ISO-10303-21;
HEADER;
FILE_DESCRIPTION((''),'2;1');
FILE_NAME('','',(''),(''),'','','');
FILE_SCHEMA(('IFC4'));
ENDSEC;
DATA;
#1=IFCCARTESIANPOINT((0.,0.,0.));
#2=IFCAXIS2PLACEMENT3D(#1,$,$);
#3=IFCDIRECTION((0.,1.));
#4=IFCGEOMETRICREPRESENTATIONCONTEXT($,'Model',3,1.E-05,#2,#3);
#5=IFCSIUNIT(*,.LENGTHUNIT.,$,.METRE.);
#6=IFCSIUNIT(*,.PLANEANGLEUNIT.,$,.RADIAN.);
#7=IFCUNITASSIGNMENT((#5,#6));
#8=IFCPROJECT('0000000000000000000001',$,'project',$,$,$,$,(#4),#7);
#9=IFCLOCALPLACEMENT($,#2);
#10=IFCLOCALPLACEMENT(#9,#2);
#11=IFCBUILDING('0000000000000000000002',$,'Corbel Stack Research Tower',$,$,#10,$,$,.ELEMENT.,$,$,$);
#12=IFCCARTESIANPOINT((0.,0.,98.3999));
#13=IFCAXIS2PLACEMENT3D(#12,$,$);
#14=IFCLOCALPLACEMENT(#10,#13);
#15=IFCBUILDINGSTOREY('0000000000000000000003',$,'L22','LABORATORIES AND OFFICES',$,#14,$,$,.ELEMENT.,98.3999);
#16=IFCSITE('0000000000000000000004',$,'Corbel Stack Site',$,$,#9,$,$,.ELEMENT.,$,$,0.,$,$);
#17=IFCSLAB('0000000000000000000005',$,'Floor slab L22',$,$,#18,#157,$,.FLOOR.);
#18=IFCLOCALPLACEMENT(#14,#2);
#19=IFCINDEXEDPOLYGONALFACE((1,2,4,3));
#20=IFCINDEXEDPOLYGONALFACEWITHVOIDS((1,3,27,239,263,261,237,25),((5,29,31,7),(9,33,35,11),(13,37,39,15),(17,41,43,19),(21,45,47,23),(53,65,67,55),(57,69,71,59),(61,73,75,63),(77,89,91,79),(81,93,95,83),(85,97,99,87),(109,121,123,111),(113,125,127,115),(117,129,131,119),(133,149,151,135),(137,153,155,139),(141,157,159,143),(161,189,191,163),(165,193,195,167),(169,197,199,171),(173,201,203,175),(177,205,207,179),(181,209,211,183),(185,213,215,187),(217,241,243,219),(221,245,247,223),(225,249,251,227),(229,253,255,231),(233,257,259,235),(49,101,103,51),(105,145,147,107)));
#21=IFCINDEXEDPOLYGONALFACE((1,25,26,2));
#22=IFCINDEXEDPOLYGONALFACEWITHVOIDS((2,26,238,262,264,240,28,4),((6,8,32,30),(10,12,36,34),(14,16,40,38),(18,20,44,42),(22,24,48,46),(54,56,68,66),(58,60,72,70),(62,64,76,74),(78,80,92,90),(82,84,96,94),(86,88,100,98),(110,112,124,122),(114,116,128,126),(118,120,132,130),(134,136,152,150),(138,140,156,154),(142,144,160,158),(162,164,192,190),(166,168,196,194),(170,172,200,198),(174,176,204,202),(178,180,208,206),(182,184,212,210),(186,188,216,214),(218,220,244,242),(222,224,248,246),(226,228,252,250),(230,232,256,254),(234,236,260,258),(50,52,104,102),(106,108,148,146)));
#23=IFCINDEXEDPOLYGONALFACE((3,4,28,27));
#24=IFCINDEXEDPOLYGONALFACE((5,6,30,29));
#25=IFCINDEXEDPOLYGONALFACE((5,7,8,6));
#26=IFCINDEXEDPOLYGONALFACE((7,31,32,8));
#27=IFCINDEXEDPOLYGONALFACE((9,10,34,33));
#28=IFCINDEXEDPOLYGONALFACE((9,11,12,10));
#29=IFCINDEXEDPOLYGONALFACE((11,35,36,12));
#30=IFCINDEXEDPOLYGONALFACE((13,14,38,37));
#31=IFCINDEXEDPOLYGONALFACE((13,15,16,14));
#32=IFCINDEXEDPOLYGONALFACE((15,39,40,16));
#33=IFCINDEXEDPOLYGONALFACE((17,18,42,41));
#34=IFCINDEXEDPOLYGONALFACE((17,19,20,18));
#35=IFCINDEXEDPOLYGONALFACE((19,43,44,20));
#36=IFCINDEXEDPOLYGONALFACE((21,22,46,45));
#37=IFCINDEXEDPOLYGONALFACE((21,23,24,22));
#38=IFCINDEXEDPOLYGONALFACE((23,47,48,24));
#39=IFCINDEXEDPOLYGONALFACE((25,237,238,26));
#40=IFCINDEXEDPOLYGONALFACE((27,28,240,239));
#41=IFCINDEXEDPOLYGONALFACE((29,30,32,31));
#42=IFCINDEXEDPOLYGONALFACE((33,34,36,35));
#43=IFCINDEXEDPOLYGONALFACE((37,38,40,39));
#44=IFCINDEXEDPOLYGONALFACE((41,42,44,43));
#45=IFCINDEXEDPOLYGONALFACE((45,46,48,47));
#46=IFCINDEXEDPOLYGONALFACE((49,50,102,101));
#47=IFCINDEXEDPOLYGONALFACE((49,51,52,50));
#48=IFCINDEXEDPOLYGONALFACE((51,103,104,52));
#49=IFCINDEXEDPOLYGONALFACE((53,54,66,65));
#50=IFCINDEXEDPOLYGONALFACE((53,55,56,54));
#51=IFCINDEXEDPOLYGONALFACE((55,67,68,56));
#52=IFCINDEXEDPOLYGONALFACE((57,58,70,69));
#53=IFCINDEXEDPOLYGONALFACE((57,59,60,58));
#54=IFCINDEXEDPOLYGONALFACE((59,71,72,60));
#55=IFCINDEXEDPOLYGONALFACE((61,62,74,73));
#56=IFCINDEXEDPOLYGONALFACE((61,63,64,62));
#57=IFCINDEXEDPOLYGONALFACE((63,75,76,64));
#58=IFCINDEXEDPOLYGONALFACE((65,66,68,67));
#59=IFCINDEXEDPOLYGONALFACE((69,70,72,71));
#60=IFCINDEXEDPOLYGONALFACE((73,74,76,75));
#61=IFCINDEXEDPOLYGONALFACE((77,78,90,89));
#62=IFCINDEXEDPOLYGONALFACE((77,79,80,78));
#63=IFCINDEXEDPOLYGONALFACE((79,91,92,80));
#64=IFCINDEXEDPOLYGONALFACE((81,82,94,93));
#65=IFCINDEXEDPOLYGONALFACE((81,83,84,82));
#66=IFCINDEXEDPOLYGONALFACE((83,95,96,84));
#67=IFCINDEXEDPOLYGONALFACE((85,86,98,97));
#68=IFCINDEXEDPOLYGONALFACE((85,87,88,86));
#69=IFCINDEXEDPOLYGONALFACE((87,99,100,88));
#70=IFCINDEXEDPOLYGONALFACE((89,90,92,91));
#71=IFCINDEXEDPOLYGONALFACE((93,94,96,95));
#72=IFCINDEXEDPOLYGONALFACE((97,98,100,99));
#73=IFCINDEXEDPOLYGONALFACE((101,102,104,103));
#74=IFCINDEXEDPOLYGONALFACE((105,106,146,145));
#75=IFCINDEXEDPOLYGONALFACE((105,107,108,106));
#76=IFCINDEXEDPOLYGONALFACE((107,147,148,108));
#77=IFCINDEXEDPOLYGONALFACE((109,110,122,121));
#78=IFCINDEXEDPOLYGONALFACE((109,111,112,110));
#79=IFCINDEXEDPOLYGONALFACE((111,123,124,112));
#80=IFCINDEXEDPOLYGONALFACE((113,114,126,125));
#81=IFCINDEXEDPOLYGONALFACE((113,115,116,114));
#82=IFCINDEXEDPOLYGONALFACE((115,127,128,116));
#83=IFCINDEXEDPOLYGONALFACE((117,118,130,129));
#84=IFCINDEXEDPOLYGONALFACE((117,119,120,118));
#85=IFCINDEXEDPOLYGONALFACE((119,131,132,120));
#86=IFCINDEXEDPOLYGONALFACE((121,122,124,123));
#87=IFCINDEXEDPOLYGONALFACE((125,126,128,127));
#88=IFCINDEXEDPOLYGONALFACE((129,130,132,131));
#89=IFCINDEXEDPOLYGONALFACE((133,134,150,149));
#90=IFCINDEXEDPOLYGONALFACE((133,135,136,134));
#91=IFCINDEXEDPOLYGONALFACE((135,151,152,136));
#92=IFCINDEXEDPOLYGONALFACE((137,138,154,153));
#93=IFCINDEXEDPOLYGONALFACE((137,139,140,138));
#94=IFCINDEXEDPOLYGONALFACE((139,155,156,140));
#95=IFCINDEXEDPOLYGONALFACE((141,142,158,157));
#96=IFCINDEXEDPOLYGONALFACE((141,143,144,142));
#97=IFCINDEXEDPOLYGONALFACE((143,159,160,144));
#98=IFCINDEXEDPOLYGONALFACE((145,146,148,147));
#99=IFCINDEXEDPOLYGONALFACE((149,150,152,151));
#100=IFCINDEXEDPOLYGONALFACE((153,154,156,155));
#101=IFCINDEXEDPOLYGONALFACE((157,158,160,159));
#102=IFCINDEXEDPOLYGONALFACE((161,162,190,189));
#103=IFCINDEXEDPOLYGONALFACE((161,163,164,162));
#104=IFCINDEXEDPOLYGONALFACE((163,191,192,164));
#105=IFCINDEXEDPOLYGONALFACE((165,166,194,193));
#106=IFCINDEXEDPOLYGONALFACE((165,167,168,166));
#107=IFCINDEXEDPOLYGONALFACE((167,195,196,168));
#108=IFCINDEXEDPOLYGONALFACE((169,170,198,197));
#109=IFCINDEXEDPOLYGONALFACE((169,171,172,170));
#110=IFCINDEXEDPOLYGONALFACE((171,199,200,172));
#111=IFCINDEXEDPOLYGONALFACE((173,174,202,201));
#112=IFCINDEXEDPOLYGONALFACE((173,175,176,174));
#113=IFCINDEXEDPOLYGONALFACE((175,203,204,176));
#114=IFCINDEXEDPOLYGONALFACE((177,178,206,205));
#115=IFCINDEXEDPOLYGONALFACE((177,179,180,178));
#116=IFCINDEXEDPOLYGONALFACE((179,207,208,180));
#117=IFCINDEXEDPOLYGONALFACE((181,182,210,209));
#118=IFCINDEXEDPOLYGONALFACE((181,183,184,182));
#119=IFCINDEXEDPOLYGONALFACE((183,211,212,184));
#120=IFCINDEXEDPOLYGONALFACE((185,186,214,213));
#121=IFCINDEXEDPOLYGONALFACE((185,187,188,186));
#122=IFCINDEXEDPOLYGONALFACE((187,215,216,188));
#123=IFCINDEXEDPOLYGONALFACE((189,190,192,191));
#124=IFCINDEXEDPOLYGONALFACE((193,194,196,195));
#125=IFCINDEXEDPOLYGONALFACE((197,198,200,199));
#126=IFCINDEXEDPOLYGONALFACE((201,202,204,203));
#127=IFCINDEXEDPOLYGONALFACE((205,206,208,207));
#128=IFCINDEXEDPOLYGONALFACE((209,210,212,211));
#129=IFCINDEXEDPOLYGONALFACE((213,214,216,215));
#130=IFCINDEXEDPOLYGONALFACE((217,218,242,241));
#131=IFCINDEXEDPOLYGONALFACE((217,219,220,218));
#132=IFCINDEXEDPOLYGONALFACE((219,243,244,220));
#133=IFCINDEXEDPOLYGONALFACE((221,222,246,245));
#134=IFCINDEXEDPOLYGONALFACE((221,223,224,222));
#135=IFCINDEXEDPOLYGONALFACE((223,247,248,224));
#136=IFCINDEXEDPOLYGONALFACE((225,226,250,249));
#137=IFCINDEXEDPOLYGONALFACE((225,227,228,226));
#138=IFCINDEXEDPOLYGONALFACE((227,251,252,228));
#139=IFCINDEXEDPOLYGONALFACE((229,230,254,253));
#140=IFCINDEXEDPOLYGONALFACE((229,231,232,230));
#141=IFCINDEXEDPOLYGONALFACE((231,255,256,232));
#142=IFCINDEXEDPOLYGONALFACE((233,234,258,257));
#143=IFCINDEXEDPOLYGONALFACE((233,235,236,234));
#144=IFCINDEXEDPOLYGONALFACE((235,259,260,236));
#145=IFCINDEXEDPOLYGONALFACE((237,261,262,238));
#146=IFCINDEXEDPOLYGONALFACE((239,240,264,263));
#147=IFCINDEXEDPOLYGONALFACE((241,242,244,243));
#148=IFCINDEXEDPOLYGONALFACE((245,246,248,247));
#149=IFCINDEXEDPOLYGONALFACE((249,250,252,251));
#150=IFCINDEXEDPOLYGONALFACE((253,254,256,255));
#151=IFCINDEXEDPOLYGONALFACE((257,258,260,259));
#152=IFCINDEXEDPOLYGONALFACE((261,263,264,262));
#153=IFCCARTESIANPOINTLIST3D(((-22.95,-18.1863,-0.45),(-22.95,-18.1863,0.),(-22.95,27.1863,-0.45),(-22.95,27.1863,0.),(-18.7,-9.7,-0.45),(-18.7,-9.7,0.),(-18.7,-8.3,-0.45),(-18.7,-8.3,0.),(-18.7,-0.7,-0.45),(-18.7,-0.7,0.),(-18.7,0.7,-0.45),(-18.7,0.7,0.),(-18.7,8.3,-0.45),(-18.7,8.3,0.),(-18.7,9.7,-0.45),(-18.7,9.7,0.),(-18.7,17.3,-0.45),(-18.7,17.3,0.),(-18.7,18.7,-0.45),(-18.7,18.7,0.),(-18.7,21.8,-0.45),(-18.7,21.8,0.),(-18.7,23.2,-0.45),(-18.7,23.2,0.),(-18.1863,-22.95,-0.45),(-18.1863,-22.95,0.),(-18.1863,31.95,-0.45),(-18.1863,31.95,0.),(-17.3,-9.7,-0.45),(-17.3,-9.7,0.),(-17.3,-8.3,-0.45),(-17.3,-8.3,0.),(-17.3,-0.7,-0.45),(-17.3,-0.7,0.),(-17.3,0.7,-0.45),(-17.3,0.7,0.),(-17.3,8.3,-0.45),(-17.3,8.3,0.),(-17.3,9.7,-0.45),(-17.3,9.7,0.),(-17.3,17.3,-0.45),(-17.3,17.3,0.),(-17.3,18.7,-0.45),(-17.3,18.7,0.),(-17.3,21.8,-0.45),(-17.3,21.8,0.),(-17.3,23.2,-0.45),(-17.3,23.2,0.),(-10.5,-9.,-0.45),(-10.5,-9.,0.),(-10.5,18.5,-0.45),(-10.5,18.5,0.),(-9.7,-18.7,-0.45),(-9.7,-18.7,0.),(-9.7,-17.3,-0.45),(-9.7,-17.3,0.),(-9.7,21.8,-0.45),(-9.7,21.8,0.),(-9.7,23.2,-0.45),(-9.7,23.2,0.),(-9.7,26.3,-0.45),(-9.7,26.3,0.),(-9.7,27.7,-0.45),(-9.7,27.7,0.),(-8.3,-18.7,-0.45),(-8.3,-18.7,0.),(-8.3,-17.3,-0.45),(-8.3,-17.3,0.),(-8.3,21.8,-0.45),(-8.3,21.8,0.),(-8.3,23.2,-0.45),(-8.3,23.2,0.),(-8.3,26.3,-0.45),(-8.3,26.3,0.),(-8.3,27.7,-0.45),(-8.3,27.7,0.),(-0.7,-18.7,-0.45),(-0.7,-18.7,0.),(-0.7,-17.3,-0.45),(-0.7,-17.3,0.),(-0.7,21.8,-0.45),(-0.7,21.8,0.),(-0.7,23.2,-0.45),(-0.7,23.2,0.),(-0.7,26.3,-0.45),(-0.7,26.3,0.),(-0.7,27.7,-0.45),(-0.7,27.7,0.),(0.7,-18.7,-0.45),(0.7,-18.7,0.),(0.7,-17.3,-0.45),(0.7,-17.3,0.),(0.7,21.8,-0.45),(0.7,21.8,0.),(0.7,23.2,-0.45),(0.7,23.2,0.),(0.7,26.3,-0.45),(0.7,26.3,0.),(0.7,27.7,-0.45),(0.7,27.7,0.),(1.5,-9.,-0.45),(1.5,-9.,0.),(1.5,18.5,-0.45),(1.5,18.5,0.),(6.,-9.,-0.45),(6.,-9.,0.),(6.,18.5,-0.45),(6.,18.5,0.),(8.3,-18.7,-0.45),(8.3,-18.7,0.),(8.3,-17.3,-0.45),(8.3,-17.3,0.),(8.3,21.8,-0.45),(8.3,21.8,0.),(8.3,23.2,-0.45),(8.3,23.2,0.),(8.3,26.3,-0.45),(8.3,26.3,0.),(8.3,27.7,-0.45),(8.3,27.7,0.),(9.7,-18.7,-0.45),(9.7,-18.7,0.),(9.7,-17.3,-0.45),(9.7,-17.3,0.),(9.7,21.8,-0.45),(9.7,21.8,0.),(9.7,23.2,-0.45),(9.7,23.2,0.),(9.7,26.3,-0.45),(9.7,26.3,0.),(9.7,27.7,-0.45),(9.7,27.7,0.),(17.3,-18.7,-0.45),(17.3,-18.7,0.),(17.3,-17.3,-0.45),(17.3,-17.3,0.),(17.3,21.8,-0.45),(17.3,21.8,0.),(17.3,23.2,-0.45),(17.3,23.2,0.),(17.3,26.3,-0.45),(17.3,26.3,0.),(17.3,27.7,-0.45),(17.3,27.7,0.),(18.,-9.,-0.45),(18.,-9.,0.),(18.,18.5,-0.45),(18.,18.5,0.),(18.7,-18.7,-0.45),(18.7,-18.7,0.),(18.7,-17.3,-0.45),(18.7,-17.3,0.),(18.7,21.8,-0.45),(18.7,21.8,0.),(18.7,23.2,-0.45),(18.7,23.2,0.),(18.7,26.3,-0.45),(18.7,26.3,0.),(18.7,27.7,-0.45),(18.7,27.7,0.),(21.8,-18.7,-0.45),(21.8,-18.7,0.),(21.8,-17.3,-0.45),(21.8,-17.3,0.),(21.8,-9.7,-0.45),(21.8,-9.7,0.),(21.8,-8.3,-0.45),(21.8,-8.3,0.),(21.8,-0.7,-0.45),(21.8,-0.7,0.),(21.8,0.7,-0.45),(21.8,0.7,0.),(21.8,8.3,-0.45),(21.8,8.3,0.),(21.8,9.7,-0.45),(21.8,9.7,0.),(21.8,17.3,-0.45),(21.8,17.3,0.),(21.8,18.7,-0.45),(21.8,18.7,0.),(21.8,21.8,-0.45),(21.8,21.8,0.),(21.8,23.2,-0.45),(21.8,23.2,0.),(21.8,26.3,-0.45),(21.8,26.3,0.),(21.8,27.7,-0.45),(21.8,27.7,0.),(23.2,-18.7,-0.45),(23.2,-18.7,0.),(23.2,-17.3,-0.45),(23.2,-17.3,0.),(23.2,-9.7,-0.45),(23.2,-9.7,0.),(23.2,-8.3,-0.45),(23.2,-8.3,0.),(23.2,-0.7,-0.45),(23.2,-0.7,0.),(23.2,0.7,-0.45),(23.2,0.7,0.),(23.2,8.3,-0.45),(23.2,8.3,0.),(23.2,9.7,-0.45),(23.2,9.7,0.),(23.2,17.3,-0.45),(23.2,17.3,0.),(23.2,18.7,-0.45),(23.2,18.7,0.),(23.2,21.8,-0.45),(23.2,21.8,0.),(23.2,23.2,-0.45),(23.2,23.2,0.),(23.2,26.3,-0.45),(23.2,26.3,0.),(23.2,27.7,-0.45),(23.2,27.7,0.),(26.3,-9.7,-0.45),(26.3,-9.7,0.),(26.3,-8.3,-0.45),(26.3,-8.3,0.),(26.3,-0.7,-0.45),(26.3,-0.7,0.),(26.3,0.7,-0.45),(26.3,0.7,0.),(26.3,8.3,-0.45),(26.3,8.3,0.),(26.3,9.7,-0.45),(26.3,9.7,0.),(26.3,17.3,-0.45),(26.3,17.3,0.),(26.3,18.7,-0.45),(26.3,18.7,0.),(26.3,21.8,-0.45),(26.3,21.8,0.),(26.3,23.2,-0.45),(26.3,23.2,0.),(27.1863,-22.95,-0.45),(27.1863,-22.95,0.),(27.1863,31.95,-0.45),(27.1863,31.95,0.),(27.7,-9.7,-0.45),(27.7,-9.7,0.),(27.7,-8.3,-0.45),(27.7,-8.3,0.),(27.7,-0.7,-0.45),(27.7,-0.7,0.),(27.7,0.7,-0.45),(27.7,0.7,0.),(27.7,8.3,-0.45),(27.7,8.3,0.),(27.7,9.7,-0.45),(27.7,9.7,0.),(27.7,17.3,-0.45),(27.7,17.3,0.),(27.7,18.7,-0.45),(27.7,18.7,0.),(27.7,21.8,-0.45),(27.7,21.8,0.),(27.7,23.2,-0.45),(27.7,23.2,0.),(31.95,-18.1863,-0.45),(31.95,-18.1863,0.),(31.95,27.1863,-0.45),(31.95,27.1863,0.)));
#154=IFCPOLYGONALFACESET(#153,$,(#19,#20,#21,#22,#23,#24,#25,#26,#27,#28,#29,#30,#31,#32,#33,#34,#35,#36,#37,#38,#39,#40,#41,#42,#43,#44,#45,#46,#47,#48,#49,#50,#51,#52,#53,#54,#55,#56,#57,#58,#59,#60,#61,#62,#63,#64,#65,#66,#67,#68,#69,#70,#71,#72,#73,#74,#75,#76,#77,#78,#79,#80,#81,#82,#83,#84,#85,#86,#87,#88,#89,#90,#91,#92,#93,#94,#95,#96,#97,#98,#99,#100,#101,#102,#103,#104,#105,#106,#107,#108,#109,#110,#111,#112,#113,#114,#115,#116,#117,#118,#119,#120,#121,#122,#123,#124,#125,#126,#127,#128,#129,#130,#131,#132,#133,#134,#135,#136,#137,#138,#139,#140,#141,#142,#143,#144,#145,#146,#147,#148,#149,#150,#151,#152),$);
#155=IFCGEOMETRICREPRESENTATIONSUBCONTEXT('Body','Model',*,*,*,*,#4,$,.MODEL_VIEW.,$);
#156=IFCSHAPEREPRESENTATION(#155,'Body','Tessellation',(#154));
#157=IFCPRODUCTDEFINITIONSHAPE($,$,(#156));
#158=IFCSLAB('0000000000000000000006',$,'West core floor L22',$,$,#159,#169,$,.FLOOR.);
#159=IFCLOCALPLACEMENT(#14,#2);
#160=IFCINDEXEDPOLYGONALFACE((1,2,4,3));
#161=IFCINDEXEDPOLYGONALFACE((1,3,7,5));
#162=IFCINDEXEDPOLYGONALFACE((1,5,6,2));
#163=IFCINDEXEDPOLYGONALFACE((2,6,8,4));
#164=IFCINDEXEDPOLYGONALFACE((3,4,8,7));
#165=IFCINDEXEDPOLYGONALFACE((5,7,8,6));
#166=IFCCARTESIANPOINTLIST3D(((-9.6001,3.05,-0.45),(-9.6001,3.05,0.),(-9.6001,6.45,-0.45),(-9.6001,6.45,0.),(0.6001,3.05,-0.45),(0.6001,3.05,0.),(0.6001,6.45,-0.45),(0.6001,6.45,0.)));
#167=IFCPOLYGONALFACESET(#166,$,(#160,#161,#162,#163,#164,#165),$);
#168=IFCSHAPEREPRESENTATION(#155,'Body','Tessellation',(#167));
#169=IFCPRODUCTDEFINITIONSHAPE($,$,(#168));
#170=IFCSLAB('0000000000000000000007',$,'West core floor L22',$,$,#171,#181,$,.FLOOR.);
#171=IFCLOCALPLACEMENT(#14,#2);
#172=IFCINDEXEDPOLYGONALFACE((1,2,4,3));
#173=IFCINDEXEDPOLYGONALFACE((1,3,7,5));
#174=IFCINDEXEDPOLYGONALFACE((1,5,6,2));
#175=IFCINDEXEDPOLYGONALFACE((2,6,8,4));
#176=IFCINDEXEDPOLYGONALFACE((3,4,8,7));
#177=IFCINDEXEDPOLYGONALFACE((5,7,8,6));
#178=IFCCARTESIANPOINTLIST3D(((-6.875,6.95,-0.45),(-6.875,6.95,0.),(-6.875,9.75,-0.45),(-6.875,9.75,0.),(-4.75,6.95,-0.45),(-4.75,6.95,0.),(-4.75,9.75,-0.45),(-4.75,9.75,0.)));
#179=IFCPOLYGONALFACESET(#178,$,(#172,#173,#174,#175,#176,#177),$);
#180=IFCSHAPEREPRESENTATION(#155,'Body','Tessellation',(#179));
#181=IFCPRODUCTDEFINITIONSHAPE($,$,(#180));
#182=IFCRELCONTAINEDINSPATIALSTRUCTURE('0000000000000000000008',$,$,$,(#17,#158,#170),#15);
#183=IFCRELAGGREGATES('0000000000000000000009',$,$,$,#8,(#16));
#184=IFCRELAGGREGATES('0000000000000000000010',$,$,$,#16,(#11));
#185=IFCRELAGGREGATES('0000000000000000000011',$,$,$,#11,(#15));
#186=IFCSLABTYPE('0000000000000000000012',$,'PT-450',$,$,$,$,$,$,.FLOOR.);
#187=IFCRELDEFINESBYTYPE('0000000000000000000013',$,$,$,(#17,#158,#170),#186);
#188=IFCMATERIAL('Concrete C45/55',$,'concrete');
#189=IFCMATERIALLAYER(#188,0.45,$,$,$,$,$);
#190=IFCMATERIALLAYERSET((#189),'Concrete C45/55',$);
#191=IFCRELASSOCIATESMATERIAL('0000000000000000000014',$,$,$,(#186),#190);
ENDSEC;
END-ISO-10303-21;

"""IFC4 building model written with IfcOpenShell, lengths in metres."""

from ifc_helpers import new_model, si_unit, direction, frame, origin, place, context, subcontext, project, spatial, polyline, outline, extrude, material, layer, layer_set, type_object, element, save


model = new_model("IFC4")

# Units and contexts
model_context = context("Model", 3, precision=1e-05, world=origin(), true_north=direction((0.0, 1.0)))
body_context = subcontext(model_context, "Body", "Model", "MODEL_VIEW")
ifc_project = project(units=[si_unit("LENGTHUNIT", "METRE"), si_unit("PLANEANGLEUNIT", "RADIAN")], contexts=[model_context])

# Site, building, storey
site_placement = place(None, origin())
site = spatial("IfcSite", under=ifc_project, at=site_placement, Name="Corbel Stack Site", CompositionType="ELEMENT", RefElevation=0.0)
building_placement = place(site_placement, origin())
building = spatial("IfcBuilding", under=site, at=building_placement, Name="Corbel Stack Research Tower", CompositionType="ELEMENT")
storey_placement = place(building_placement, frame((0.0, 0.0, 98.3999)))
storey = spatial("IfcBuildingStorey", under=building, at=storey_placement, Name="L22", Description="LABORATORIES AND OFFICES", CompositionType="ELEMENT", Elevation=98.3999)

# Slabs
ifc_material_1 = material(Name="Concrete C45/55", Category="concrete")
ifc_layer_1 = layer(ifc_material_1, 0.45)
ifc_layer_set_1 = layer_set([ifc_layer_1], Name="Concrete C45/55")
slab_type_1 = type_object("IfcSlabType", Name="PT-450", PredefinedType="FLOOR", material=ifc_layer_set_1)
slab_1_placement = place(storey_placement, frame((0.0, 0.0, -0.45)))
element("IfcSlab", 1, at=slab_1_placement, inside=storey, type_object=slab_type_1, Name="Floor slab L22", PredefinedType="FLOOR", context=body_context, shape_type="SweptSolid", body=[
    extrude(outline(polyline([(-18.1863, -22.95), (27.1863, -22.95), (31.95, -18.1863), (31.95, 27.1863), (27.1863, 31.95), (-18.1863, 31.95), (-22.95, 27.1863), (-22.95, -18.1863), (-18.1863, -22.95)]), holes=[polyline([(26.3, 21.8), (26.3, 23.2), (27.7, 23.2), (27.7, 21.8), (26.3, 21.8)]), polyline([(26.3, -9.7), (26.3, -8.3), (27.7, -8.3), (27.7, -9.7), (26.3, -9.7)]), polyline([(26.3, -0.7), (26.3, 0.7), (27.7, 0.7), (27.7, -0.7), (26.3, -0.7)]), polyline([(26.3, 8.3), (26.3, 9.7), (27.7, 9.7), (27.7, 8.3), (26.3, 8.3)]), polyline([(26.3, 17.3), (26.3, 18.7), (27.7, 18.7), (27.7, 17.3), (26.3, 17.3)]), polyline([(21.8, 26.3), (21.8, 27.7), (23.2, 27.7), (23.2, 26.3), (21.8, 26.3)]), polyline([(21.8, 21.8), (21.8, 23.2), (23.2, 23.2), (23.2, 21.8), (21.8, 21.8)]), polyline([(21.8, 17.3), (21.8, 18.7), (23.2, 18.7), (23.2, 17.3), (21.8, 17.3)]), polyline([(21.8, 8.3), (21.8, 9.7), (23.2, 9.7), (23.2, 8.3), (21.8, 8.3)]), polyline([(21.8, -0.7), (21.8, 0.7), (23.2, 0.7), (23.2, -0.7), (21.8, -0.7)]), polyline([(21.8, -9.7), (21.8, -8.3), (23.2, -8.3), (23.2, -9.7), (21.8, -9.7)]), polyline([(21.8, -18.7), (21.8, -17.3), (23.2, -17.3), (23.2, -18.7), (21.8, -18.7)]), polyline([(17.3, 26.3), (17.3, 27.7), (18.7, 27.7), (18.7, 26.3), (17.3, 26.3)]), polyline([(17.3, 21.8), (17.3, 23.2), (18.7, 23.2), (18.7, 21.8), (17.3, 21.8)]), polyline([(17.3, -18.7), (17.3, -17.3), (18.7, -17.3), (18.7, -18.7), (17.3, -18.7)]), polyline([(6.0, -9.0), (6.0, 18.5), (18.0, 18.5), (18.0, -9.0), (6.0, -9.0)]), polyline([(8.3, 26.3), (8.3, 27.7), (9.7, 27.7), (9.7, 26.3), (8.3, 26.3)]), polyline([(8.3, 21.8), (8.3, 23.2), (9.7, 23.2), (9.7, 21.8), (8.3, 21.8)]), polyline([(8.3, -18.7), (8.3, -17.3), (9.7, -17.3), (9.7, -18.7), (8.3, -18.7)]), polyline([(-10.5, -9.0), (-10.5, 18.5), (1.5, 18.5), (1.5, -9.0), (-10.5, -9.0)]), polyline([(-0.7, 26.3), (-0.7, 27.7), (0.7, 27.7), (0.7, 26.3), (-0.7, 26.3)]), polyline([(-0.7, 21.8), (-0.7, 23.2), (0.7, 23.2), (0.7, 21.8), (-0.7, 21.8)]), polyline([(-0.7, -18.7), (-0.7, -17.3), (0.7, -17.3), (0.7, -18.7), (-0.7, -18.7)]), polyline([(-9.7, 26.3), (-9.7, 27.7), (-8.3, 27.7), (-8.3, 26.3), (-9.7, 26.3)]), polyline([(-9.7, 21.8), (-9.7, 23.2), (-8.3, 23.2), (-8.3, 21.8), (-9.7, 21.8)]), polyline([(-8.3, -18.7), (-9.7, -18.7), (-9.7, -17.3), (-8.3, -17.3), (-8.3, -18.7)]), polyline([(-18.7, 21.8), (-18.7, 23.2), (-17.3, 23.2), (-17.3, 21.8), (-18.7, 21.8)]), polyline([(-18.7, 17.3), (-18.7, 18.7), (-17.3, 18.7), (-17.3, 17.3), (-18.7, 17.3)]), polyline([(-18.7, 8.3), (-18.7, 9.7), (-17.3, 9.7), (-17.3, 8.3), (-18.7, 8.3)]), polyline([(-18.7, -0.7), (-18.7, 0.7), (-17.3, 0.7), (-17.3, -0.7), (-18.7, -0.7)]), polyline([(-18.7, -9.7), (-18.7, -8.3), (-17.3, -8.3), (-17.3, -9.7), (-18.7, -9.7)])]), origin(), (0.0, 0.0, 1.0), 0.45),
])
slab_2_placement = place(storey_placement, frame((0.0, 0.0, -0.45)))
element("IfcSlab", 2, at=slab_2_placement, inside=storey, type_object=slab_type_1, Name="West core floor L22", PredefinedType="FLOOR", context=body_context, shape_type="SweptSolid", body=[
    extrude(outline(polyline([(0.6001, 6.45), (-9.6001, 6.45), (-9.6001, 3.05), (0.6001, 3.05), (0.6001, 6.45)])), origin(), (0.0, 0.0, 1.0), 0.45),
])
slab_3_placement = place(storey_placement, frame((0.0, 0.0, -0.45)))
element("IfcSlab", 3, at=slab_3_placement, inside=storey, type_object=slab_type_1, Name="West core floor L22", PredefinedType="FLOOR", context=body_context, shape_type="SweptSolid", body=[
    extrude(outline(polyline([(-6.875, 6.95), (-4.75, 6.95), (-4.75, 9.75), (-6.875, 9.75), (-6.875, 6.95)])), origin(), (0.0, 0.0, 1.0), 0.45),
])

save(model, "model.ifc")
